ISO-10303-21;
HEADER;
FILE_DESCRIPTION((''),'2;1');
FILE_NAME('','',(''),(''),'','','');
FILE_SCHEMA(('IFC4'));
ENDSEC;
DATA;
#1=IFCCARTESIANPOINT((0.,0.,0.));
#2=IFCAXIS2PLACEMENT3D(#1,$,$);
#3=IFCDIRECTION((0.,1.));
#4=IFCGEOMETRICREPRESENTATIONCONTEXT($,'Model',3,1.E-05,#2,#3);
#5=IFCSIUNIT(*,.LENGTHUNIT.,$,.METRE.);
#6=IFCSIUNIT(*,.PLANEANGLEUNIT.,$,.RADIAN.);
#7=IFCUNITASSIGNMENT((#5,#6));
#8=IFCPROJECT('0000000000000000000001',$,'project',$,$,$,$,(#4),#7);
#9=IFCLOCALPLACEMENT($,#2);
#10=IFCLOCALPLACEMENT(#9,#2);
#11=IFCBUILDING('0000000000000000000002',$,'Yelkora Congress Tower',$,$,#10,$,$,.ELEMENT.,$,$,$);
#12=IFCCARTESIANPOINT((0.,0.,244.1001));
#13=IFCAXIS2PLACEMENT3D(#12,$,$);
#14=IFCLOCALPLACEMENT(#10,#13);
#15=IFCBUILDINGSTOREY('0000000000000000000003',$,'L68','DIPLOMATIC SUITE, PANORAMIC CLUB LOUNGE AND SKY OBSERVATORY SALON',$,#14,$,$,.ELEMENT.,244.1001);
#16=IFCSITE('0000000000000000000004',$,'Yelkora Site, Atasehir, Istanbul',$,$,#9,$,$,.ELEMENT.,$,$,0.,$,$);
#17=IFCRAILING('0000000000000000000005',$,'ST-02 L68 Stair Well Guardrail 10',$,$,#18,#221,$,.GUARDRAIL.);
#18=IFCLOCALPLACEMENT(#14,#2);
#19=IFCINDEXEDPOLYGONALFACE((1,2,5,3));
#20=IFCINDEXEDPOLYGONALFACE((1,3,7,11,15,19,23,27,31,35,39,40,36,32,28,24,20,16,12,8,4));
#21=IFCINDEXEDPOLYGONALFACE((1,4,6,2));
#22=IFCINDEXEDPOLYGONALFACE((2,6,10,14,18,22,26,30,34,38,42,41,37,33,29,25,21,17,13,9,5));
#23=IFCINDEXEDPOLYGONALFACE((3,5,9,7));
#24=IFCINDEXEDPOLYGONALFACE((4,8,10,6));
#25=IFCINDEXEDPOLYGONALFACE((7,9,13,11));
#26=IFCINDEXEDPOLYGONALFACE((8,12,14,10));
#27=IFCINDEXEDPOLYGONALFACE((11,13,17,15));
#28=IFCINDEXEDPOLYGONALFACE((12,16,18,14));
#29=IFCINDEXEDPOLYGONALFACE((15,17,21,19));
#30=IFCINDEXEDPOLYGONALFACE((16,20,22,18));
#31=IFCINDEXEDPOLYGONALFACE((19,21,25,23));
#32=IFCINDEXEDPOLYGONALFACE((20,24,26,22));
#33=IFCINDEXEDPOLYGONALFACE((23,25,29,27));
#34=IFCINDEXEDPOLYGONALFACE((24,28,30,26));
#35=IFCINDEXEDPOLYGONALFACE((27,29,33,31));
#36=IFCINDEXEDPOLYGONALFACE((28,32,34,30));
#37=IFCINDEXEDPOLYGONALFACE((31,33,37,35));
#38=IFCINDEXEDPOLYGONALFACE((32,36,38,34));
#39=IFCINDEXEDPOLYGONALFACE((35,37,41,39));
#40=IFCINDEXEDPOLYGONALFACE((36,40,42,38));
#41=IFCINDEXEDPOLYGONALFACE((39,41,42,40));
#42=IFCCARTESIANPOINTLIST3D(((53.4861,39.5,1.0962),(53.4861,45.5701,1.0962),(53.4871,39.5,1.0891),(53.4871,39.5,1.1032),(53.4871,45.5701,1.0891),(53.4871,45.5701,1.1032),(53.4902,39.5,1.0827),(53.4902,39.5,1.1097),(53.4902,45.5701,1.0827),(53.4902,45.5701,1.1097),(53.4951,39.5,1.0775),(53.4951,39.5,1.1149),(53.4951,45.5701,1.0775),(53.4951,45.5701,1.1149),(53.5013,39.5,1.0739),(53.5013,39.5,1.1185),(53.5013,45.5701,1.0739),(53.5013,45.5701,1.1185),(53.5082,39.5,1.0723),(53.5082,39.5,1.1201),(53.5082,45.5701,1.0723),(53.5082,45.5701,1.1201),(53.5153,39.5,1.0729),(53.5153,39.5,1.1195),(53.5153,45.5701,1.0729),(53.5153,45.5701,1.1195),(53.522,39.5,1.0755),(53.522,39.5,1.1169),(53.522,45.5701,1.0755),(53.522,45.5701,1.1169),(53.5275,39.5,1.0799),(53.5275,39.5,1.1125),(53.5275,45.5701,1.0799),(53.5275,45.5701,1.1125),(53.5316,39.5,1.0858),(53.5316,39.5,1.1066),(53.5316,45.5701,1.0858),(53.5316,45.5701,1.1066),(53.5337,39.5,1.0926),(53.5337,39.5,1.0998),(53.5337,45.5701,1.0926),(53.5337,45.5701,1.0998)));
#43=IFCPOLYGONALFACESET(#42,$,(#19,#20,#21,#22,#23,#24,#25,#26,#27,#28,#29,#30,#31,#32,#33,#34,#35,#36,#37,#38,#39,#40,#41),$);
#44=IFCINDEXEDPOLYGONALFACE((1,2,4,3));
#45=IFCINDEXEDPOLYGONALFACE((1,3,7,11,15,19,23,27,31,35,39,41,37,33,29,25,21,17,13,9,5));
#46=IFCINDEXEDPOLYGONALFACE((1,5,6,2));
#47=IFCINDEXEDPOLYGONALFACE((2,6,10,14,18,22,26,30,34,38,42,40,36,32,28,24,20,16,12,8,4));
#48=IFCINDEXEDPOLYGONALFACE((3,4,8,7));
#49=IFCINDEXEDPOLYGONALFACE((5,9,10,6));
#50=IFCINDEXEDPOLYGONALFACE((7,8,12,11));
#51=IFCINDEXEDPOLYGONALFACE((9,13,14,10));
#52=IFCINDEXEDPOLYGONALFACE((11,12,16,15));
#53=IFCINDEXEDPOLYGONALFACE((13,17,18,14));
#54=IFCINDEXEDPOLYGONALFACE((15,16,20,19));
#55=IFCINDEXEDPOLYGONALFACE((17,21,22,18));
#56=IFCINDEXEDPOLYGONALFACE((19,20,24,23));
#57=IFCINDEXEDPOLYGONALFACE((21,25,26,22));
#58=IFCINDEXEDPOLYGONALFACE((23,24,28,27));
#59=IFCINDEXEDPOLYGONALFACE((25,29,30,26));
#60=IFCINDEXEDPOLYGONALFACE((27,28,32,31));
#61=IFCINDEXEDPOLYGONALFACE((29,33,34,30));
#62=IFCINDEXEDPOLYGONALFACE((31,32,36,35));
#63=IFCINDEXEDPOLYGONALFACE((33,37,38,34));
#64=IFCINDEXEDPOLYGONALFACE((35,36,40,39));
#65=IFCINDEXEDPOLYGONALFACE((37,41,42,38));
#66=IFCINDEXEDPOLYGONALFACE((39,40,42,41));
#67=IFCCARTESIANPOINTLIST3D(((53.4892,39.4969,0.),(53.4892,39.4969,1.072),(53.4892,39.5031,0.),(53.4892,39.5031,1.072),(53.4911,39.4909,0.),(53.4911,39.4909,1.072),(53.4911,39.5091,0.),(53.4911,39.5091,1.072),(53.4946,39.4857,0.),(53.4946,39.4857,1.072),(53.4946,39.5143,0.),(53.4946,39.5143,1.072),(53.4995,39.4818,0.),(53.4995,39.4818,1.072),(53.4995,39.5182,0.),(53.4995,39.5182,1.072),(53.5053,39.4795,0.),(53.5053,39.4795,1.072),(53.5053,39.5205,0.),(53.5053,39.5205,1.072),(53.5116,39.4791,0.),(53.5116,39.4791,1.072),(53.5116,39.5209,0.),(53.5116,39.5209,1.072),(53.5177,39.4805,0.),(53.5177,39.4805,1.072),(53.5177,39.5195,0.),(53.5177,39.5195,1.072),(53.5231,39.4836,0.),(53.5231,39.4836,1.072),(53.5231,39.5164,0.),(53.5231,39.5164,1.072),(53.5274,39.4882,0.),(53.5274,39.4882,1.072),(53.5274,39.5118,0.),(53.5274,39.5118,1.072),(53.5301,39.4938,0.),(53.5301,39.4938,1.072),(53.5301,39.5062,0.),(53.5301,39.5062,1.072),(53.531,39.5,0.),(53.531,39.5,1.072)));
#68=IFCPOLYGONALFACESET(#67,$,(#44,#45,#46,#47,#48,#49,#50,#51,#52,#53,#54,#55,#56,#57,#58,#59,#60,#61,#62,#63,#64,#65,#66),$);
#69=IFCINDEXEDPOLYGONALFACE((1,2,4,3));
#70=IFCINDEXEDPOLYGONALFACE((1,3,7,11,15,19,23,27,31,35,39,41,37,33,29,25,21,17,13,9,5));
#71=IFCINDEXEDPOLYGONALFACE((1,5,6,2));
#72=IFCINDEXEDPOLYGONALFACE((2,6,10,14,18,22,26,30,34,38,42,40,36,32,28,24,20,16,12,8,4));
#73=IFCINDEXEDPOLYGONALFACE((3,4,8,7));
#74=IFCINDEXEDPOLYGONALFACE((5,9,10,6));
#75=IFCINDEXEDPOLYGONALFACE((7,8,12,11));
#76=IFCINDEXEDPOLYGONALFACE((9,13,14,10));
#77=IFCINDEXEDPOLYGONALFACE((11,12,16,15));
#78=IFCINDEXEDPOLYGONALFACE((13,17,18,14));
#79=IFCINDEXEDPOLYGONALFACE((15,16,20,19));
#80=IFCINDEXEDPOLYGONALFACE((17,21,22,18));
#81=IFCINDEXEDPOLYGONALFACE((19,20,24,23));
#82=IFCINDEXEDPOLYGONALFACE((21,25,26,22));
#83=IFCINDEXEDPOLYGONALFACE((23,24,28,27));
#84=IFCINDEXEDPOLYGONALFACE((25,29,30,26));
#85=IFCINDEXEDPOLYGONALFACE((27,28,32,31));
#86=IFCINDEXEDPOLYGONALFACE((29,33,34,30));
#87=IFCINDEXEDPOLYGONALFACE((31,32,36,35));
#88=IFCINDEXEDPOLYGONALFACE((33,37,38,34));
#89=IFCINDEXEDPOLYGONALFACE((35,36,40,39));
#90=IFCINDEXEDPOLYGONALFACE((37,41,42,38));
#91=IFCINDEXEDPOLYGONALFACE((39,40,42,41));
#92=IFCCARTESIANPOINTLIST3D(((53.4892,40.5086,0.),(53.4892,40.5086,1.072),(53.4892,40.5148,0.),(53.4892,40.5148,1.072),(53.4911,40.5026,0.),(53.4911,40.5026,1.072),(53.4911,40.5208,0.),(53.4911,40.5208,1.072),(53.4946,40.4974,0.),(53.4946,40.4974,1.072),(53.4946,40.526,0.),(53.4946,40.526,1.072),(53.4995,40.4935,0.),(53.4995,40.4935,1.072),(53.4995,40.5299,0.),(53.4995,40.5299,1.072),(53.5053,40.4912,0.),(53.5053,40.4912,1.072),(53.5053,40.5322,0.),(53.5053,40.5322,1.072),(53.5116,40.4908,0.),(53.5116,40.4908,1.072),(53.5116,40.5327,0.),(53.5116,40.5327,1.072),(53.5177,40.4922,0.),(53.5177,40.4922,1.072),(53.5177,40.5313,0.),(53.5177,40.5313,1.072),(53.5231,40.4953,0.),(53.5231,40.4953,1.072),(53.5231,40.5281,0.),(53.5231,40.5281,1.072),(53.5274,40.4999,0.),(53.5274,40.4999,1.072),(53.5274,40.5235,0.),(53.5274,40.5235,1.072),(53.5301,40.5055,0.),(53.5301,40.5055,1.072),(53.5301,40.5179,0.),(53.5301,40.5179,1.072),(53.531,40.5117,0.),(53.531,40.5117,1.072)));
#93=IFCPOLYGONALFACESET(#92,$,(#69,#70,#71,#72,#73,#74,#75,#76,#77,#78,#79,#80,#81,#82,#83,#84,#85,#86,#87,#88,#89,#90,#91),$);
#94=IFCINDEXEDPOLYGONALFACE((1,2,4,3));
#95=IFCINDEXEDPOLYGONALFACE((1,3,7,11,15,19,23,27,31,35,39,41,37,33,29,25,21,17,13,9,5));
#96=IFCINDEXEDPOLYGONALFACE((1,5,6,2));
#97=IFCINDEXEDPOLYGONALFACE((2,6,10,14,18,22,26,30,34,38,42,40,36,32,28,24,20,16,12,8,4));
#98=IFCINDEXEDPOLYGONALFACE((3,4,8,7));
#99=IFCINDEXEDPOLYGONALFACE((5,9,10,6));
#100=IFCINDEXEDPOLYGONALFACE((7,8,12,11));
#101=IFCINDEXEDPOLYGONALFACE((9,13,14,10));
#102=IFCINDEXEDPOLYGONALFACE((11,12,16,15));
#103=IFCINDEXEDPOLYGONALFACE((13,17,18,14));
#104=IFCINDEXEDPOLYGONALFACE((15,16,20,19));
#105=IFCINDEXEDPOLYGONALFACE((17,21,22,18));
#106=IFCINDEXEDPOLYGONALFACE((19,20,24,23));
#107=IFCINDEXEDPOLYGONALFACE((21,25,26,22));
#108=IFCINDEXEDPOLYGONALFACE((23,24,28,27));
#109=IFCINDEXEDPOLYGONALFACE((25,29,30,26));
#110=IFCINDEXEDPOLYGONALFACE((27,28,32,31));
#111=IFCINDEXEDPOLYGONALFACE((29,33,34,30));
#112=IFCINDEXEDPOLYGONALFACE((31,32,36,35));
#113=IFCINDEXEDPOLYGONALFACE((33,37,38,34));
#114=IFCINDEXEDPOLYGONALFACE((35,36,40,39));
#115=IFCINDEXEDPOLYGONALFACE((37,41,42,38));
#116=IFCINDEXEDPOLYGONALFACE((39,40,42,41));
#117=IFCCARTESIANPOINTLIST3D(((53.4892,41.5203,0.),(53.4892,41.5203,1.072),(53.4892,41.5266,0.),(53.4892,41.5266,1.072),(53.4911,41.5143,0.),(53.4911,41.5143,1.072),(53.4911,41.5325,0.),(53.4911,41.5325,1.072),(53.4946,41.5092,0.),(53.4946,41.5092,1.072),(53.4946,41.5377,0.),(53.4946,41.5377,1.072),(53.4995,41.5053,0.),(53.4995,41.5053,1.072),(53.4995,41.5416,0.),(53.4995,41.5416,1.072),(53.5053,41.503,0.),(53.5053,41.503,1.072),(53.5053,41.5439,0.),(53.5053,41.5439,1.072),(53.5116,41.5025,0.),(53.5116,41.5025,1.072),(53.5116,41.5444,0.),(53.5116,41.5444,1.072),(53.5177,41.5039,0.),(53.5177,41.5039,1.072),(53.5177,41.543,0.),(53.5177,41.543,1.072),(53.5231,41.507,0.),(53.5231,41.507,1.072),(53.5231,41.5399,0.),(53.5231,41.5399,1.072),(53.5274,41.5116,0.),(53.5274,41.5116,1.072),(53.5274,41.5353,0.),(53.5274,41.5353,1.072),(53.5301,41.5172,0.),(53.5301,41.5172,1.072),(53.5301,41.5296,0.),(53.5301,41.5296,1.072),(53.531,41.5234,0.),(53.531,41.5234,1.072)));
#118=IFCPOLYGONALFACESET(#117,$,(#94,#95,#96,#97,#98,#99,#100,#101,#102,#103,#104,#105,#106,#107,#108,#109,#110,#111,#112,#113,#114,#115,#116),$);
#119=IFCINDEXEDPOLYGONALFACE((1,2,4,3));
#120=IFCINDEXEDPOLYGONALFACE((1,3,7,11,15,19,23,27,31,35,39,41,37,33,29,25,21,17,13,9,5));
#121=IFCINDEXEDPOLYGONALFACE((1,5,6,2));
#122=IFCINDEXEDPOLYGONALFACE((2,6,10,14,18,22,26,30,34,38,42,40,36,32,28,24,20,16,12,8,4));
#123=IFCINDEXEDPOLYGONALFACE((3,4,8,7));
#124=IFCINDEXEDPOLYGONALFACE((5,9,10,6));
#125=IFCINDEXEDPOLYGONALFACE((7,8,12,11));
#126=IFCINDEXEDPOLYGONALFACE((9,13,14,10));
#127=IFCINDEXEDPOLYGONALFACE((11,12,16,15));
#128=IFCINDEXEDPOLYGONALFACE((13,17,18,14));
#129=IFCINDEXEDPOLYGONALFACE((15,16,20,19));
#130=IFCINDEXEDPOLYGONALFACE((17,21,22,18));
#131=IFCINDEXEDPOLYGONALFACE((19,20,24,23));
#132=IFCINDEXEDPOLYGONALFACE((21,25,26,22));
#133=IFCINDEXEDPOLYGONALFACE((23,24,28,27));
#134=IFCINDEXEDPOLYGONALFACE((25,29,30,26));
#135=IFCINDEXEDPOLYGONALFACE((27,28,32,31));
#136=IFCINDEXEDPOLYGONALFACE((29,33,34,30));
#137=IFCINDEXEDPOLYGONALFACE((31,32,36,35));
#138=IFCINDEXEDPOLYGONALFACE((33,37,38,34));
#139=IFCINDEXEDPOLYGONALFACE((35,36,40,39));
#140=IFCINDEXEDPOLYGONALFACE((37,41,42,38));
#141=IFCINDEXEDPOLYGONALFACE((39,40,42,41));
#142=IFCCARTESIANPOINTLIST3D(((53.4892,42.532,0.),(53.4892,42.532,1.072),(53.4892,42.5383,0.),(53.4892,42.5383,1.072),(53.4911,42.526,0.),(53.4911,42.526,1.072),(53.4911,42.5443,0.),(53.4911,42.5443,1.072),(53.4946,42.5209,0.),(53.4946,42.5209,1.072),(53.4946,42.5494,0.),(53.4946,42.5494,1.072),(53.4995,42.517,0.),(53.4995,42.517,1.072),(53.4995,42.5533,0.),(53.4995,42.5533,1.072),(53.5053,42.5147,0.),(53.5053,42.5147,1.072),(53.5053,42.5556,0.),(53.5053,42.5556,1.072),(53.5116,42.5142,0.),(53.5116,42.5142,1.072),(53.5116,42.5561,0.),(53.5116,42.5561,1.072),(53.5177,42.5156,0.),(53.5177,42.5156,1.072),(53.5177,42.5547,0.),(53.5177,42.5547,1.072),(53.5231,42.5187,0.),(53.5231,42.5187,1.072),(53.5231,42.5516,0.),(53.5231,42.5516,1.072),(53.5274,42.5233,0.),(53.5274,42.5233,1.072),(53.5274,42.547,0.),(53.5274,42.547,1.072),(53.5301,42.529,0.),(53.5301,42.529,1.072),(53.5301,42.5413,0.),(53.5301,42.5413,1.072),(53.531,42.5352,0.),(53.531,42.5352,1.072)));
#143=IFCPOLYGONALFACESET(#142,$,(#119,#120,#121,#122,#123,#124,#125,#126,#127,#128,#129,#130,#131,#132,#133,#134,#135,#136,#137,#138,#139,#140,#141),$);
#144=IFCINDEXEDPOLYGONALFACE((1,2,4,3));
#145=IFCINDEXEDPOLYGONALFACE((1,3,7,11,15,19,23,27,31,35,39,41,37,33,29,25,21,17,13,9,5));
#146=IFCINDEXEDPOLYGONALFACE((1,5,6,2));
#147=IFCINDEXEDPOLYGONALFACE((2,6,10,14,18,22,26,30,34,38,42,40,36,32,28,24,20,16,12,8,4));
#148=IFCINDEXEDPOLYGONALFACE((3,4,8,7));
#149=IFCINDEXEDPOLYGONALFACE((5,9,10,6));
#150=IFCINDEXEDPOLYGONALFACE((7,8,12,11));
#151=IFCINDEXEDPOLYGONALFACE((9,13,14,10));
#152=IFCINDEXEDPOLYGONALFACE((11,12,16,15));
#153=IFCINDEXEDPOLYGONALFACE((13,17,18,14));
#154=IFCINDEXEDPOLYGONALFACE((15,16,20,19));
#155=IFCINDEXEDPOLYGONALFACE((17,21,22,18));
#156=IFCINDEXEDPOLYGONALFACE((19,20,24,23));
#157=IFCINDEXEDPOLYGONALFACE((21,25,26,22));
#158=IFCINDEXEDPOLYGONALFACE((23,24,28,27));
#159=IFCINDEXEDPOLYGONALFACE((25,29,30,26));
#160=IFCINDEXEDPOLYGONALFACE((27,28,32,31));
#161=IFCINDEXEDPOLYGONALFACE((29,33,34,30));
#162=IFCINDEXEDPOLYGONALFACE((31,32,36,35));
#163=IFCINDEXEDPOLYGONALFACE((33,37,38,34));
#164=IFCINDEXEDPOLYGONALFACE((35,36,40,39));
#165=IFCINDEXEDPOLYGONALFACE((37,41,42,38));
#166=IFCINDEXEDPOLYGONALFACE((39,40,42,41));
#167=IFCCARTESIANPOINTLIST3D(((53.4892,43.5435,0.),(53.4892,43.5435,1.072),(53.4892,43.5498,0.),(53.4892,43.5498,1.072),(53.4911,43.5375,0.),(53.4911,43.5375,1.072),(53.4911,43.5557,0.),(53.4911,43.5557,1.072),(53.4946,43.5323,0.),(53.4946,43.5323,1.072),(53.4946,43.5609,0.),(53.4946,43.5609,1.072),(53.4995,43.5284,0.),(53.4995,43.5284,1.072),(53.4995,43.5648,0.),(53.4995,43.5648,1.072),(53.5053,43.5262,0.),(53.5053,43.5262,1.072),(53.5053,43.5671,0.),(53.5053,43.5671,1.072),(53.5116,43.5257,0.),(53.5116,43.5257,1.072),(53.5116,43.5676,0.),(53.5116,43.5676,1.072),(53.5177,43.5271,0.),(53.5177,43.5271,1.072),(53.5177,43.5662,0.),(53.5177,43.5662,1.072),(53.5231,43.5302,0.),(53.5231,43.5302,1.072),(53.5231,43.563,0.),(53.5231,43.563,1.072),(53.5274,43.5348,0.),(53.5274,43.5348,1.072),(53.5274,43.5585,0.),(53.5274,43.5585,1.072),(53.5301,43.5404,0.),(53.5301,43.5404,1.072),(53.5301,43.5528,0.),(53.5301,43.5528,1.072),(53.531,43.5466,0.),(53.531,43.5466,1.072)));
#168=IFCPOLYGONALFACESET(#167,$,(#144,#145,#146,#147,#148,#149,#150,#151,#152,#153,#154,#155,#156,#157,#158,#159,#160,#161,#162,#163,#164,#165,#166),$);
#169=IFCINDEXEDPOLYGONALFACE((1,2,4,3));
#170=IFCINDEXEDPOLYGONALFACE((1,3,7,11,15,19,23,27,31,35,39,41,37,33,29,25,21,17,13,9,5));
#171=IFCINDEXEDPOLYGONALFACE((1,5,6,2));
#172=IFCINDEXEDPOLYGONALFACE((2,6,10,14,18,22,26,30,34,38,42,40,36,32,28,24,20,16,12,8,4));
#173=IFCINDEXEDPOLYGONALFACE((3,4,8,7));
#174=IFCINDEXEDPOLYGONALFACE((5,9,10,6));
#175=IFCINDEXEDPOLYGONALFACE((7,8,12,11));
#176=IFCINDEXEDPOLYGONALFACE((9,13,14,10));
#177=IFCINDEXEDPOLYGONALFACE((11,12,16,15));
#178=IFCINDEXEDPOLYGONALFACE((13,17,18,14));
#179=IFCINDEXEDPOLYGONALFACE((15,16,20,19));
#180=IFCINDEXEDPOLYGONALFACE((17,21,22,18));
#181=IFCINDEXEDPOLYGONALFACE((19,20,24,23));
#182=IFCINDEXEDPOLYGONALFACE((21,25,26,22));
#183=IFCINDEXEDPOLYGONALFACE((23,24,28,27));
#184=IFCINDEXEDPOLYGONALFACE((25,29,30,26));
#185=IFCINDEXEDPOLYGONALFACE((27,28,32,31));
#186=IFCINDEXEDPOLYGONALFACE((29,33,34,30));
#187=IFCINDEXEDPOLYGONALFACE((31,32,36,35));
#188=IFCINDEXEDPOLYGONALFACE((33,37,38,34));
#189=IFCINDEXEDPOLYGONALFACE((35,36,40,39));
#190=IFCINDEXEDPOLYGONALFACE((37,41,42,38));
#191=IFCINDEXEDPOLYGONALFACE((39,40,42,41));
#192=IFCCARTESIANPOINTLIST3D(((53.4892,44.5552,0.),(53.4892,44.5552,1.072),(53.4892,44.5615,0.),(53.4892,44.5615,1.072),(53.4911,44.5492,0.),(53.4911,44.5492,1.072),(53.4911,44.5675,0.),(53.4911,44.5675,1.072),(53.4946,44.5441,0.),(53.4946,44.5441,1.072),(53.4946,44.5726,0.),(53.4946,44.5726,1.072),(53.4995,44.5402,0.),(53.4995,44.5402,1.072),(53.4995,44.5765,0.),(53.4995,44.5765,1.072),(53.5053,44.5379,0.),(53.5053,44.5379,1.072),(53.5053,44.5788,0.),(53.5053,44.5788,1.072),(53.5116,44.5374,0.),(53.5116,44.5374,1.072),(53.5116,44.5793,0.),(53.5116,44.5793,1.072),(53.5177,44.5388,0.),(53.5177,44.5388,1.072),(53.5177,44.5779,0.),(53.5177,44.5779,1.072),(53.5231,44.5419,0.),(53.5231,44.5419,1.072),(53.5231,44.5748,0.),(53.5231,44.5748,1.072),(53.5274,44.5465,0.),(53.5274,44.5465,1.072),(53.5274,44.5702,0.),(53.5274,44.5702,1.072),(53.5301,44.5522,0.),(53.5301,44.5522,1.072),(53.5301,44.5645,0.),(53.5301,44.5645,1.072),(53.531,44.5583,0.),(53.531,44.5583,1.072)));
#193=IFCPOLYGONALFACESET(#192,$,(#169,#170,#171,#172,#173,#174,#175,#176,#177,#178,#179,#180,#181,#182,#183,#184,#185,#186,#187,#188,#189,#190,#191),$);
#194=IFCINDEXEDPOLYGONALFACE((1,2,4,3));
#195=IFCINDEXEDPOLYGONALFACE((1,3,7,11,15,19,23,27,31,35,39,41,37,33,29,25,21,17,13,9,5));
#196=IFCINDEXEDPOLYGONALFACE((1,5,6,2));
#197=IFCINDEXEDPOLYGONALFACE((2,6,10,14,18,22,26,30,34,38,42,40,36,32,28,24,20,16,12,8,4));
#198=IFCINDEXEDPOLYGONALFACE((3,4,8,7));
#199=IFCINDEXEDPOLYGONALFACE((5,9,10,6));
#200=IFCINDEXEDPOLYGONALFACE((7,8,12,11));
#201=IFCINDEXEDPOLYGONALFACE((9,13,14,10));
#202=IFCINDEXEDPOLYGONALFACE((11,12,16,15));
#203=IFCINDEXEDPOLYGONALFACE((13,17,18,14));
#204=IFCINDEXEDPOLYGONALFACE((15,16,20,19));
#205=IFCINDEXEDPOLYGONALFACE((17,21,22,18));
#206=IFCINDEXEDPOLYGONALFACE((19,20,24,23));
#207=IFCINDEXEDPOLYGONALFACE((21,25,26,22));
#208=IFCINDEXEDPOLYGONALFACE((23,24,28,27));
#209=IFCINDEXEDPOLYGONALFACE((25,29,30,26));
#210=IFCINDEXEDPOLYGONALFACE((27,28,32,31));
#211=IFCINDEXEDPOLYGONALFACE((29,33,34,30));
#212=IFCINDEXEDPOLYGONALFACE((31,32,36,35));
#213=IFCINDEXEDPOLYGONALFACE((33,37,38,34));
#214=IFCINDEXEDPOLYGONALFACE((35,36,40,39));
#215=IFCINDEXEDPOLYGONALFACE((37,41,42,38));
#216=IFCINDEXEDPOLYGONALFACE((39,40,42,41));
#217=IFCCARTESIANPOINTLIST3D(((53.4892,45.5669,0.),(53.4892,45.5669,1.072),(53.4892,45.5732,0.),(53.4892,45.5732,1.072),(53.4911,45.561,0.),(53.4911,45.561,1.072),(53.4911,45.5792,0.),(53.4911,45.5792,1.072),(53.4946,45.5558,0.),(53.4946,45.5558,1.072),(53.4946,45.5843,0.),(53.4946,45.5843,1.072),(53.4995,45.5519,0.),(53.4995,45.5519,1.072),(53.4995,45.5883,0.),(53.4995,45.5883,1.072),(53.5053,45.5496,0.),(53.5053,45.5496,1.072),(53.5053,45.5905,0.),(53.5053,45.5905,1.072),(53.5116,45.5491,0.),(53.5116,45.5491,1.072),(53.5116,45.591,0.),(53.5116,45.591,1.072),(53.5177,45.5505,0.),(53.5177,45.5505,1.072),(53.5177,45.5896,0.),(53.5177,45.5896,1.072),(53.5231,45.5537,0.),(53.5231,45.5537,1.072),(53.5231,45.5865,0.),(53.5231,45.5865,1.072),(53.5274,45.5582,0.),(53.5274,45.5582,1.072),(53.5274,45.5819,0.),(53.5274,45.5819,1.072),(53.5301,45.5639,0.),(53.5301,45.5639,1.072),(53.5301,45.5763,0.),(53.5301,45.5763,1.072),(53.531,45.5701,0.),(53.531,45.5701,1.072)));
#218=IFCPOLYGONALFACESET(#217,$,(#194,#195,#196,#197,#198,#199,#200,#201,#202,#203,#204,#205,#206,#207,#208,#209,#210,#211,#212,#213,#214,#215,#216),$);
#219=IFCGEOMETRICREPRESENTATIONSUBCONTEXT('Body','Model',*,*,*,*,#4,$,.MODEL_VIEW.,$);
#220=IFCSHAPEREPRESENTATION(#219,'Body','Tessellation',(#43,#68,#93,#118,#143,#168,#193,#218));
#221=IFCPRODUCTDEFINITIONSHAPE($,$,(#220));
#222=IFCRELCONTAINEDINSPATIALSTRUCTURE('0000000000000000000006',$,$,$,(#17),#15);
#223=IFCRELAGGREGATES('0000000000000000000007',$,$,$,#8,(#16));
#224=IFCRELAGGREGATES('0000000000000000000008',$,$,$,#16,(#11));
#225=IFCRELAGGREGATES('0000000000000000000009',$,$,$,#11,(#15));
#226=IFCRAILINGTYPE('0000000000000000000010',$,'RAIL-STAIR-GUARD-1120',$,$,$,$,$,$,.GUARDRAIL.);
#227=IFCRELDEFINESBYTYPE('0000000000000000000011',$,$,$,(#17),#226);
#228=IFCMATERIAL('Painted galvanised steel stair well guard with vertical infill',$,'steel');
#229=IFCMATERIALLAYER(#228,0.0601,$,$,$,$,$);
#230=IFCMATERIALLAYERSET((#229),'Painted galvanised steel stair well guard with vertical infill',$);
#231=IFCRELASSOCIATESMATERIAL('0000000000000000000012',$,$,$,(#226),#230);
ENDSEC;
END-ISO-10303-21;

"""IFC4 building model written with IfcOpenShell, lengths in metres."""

from ifc_helpers import new_model, si_unit, direction, frame, origin, origin_2d, place, context, subcontext, project, spatial, circle, extrude, material, layer, layer_set, type_object, element, save


model = new_model("IFC4")

# Units and contexts
model_context = context("Model", 3, precision=1e-05, world=origin(), true_north=direction((0.0, 1.0)))
body_context = subcontext(model_context, "Body", "Model", "MODEL_VIEW")
ifc_project = project(units=[si_unit("LENGTHUNIT", "METRE"), si_unit("PLANEANGLEUNIT", "RADIAN")], contexts=[model_context])

# Site, building, storey
site_placement = place(None, origin())
site = spatial("IfcSite", under=ifc_project, at=site_placement, Name="Yelkora Site, Atasehir, Istanbul", CompositionType="ELEMENT", RefElevation=0.0)
building_placement = place(site_placement, origin())
building = spatial("IfcBuilding", under=site, at=building_placement, Name="Yelkora Congress Tower", CompositionType="ELEMENT")
storey_placement = place(building_placement, frame((0.0, 0.0, 244.1001)))
storey = spatial("IfcBuildingStorey", under=building, at=storey_placement, Name="L68", Description="DIPLOMATIC SUITE, PANORAMIC CLUB LOUNGE AND SKY OBSERVATORY SALON", CompositionType="ELEMENT", Elevation=244.1001)

# Railing
ifc_material_1 = material(Name="Painted galvanised steel stair well guard with vertical infill", Category="steel")
ifc_layer_1 = layer(ifc_material_1, 0.0601)
ifc_layer_set_1 = layer_set([ifc_layer_1], Name="Painted galvanised steel stair well guard with vertical infill")
railing_type_1 = type_object("IfcRailingType", Name="RAIL-STAIR-GUARD-1120", PredefinedType="GUARDRAIL", material=ifc_layer_set_1)
railing_1_placement = place(storey_placement, frame((53.51, 39.5, 0.0)))
element("IfcRailing", 1, at=railing_1_placement, inside=storey, type_object=railing_type_1, Name="ST-02 L68 Stair Well Guardrail 10", PredefinedType="GUARDRAIL", context=body_context, shape_type="SweptSolid", body=[
    extrude(circle(Radius=0.0239, at=origin_2d()), frame((0.0, 0.0, 1.0962), z_axis=(0.0, 1.0, 0.0), x_axis=(-1.0, 0.0, 0.0)), (0.0, 0.0, 1.0), 6.0701),
    extrude(circle(Radius=0.021, at=origin_2d()), origin(), (0.0, 0.0, 1.0), 1.072),
    extrude(circle(Radius=0.021, at=origin_2d()), frame((0.0, 1.0117, 0.0)), (0.0, 0.0, 1.0), 1.072),
    extrude(circle(Radius=0.021, at=origin_2d()), frame((0.0, 2.0234, 0.0)), (0.0, 0.0, 1.0), 1.072),
    extrude(circle(Radius=0.021, at=origin_2d()), frame((0.0, 3.0352, 0.0)), (0.0, 0.0, 1.0), 1.072),
    extrude(circle(Radius=0.021, at=origin_2d()), frame((0.0, 4.0466, 0.0)), (0.0, 0.0, 1.0), 1.072),
    extrude(circle(Radius=0.021, at=origin_2d()), frame((0.0, 5.0583, 0.0)), (0.0, 0.0, 1.0), 1.072),
    extrude(circle(Radius=0.021, at=origin_2d()), frame((0.0, 6.0701, 0.0)), (0.0, 0.0, 1.0), 1.072),
])

save(model, "model.ifc")
